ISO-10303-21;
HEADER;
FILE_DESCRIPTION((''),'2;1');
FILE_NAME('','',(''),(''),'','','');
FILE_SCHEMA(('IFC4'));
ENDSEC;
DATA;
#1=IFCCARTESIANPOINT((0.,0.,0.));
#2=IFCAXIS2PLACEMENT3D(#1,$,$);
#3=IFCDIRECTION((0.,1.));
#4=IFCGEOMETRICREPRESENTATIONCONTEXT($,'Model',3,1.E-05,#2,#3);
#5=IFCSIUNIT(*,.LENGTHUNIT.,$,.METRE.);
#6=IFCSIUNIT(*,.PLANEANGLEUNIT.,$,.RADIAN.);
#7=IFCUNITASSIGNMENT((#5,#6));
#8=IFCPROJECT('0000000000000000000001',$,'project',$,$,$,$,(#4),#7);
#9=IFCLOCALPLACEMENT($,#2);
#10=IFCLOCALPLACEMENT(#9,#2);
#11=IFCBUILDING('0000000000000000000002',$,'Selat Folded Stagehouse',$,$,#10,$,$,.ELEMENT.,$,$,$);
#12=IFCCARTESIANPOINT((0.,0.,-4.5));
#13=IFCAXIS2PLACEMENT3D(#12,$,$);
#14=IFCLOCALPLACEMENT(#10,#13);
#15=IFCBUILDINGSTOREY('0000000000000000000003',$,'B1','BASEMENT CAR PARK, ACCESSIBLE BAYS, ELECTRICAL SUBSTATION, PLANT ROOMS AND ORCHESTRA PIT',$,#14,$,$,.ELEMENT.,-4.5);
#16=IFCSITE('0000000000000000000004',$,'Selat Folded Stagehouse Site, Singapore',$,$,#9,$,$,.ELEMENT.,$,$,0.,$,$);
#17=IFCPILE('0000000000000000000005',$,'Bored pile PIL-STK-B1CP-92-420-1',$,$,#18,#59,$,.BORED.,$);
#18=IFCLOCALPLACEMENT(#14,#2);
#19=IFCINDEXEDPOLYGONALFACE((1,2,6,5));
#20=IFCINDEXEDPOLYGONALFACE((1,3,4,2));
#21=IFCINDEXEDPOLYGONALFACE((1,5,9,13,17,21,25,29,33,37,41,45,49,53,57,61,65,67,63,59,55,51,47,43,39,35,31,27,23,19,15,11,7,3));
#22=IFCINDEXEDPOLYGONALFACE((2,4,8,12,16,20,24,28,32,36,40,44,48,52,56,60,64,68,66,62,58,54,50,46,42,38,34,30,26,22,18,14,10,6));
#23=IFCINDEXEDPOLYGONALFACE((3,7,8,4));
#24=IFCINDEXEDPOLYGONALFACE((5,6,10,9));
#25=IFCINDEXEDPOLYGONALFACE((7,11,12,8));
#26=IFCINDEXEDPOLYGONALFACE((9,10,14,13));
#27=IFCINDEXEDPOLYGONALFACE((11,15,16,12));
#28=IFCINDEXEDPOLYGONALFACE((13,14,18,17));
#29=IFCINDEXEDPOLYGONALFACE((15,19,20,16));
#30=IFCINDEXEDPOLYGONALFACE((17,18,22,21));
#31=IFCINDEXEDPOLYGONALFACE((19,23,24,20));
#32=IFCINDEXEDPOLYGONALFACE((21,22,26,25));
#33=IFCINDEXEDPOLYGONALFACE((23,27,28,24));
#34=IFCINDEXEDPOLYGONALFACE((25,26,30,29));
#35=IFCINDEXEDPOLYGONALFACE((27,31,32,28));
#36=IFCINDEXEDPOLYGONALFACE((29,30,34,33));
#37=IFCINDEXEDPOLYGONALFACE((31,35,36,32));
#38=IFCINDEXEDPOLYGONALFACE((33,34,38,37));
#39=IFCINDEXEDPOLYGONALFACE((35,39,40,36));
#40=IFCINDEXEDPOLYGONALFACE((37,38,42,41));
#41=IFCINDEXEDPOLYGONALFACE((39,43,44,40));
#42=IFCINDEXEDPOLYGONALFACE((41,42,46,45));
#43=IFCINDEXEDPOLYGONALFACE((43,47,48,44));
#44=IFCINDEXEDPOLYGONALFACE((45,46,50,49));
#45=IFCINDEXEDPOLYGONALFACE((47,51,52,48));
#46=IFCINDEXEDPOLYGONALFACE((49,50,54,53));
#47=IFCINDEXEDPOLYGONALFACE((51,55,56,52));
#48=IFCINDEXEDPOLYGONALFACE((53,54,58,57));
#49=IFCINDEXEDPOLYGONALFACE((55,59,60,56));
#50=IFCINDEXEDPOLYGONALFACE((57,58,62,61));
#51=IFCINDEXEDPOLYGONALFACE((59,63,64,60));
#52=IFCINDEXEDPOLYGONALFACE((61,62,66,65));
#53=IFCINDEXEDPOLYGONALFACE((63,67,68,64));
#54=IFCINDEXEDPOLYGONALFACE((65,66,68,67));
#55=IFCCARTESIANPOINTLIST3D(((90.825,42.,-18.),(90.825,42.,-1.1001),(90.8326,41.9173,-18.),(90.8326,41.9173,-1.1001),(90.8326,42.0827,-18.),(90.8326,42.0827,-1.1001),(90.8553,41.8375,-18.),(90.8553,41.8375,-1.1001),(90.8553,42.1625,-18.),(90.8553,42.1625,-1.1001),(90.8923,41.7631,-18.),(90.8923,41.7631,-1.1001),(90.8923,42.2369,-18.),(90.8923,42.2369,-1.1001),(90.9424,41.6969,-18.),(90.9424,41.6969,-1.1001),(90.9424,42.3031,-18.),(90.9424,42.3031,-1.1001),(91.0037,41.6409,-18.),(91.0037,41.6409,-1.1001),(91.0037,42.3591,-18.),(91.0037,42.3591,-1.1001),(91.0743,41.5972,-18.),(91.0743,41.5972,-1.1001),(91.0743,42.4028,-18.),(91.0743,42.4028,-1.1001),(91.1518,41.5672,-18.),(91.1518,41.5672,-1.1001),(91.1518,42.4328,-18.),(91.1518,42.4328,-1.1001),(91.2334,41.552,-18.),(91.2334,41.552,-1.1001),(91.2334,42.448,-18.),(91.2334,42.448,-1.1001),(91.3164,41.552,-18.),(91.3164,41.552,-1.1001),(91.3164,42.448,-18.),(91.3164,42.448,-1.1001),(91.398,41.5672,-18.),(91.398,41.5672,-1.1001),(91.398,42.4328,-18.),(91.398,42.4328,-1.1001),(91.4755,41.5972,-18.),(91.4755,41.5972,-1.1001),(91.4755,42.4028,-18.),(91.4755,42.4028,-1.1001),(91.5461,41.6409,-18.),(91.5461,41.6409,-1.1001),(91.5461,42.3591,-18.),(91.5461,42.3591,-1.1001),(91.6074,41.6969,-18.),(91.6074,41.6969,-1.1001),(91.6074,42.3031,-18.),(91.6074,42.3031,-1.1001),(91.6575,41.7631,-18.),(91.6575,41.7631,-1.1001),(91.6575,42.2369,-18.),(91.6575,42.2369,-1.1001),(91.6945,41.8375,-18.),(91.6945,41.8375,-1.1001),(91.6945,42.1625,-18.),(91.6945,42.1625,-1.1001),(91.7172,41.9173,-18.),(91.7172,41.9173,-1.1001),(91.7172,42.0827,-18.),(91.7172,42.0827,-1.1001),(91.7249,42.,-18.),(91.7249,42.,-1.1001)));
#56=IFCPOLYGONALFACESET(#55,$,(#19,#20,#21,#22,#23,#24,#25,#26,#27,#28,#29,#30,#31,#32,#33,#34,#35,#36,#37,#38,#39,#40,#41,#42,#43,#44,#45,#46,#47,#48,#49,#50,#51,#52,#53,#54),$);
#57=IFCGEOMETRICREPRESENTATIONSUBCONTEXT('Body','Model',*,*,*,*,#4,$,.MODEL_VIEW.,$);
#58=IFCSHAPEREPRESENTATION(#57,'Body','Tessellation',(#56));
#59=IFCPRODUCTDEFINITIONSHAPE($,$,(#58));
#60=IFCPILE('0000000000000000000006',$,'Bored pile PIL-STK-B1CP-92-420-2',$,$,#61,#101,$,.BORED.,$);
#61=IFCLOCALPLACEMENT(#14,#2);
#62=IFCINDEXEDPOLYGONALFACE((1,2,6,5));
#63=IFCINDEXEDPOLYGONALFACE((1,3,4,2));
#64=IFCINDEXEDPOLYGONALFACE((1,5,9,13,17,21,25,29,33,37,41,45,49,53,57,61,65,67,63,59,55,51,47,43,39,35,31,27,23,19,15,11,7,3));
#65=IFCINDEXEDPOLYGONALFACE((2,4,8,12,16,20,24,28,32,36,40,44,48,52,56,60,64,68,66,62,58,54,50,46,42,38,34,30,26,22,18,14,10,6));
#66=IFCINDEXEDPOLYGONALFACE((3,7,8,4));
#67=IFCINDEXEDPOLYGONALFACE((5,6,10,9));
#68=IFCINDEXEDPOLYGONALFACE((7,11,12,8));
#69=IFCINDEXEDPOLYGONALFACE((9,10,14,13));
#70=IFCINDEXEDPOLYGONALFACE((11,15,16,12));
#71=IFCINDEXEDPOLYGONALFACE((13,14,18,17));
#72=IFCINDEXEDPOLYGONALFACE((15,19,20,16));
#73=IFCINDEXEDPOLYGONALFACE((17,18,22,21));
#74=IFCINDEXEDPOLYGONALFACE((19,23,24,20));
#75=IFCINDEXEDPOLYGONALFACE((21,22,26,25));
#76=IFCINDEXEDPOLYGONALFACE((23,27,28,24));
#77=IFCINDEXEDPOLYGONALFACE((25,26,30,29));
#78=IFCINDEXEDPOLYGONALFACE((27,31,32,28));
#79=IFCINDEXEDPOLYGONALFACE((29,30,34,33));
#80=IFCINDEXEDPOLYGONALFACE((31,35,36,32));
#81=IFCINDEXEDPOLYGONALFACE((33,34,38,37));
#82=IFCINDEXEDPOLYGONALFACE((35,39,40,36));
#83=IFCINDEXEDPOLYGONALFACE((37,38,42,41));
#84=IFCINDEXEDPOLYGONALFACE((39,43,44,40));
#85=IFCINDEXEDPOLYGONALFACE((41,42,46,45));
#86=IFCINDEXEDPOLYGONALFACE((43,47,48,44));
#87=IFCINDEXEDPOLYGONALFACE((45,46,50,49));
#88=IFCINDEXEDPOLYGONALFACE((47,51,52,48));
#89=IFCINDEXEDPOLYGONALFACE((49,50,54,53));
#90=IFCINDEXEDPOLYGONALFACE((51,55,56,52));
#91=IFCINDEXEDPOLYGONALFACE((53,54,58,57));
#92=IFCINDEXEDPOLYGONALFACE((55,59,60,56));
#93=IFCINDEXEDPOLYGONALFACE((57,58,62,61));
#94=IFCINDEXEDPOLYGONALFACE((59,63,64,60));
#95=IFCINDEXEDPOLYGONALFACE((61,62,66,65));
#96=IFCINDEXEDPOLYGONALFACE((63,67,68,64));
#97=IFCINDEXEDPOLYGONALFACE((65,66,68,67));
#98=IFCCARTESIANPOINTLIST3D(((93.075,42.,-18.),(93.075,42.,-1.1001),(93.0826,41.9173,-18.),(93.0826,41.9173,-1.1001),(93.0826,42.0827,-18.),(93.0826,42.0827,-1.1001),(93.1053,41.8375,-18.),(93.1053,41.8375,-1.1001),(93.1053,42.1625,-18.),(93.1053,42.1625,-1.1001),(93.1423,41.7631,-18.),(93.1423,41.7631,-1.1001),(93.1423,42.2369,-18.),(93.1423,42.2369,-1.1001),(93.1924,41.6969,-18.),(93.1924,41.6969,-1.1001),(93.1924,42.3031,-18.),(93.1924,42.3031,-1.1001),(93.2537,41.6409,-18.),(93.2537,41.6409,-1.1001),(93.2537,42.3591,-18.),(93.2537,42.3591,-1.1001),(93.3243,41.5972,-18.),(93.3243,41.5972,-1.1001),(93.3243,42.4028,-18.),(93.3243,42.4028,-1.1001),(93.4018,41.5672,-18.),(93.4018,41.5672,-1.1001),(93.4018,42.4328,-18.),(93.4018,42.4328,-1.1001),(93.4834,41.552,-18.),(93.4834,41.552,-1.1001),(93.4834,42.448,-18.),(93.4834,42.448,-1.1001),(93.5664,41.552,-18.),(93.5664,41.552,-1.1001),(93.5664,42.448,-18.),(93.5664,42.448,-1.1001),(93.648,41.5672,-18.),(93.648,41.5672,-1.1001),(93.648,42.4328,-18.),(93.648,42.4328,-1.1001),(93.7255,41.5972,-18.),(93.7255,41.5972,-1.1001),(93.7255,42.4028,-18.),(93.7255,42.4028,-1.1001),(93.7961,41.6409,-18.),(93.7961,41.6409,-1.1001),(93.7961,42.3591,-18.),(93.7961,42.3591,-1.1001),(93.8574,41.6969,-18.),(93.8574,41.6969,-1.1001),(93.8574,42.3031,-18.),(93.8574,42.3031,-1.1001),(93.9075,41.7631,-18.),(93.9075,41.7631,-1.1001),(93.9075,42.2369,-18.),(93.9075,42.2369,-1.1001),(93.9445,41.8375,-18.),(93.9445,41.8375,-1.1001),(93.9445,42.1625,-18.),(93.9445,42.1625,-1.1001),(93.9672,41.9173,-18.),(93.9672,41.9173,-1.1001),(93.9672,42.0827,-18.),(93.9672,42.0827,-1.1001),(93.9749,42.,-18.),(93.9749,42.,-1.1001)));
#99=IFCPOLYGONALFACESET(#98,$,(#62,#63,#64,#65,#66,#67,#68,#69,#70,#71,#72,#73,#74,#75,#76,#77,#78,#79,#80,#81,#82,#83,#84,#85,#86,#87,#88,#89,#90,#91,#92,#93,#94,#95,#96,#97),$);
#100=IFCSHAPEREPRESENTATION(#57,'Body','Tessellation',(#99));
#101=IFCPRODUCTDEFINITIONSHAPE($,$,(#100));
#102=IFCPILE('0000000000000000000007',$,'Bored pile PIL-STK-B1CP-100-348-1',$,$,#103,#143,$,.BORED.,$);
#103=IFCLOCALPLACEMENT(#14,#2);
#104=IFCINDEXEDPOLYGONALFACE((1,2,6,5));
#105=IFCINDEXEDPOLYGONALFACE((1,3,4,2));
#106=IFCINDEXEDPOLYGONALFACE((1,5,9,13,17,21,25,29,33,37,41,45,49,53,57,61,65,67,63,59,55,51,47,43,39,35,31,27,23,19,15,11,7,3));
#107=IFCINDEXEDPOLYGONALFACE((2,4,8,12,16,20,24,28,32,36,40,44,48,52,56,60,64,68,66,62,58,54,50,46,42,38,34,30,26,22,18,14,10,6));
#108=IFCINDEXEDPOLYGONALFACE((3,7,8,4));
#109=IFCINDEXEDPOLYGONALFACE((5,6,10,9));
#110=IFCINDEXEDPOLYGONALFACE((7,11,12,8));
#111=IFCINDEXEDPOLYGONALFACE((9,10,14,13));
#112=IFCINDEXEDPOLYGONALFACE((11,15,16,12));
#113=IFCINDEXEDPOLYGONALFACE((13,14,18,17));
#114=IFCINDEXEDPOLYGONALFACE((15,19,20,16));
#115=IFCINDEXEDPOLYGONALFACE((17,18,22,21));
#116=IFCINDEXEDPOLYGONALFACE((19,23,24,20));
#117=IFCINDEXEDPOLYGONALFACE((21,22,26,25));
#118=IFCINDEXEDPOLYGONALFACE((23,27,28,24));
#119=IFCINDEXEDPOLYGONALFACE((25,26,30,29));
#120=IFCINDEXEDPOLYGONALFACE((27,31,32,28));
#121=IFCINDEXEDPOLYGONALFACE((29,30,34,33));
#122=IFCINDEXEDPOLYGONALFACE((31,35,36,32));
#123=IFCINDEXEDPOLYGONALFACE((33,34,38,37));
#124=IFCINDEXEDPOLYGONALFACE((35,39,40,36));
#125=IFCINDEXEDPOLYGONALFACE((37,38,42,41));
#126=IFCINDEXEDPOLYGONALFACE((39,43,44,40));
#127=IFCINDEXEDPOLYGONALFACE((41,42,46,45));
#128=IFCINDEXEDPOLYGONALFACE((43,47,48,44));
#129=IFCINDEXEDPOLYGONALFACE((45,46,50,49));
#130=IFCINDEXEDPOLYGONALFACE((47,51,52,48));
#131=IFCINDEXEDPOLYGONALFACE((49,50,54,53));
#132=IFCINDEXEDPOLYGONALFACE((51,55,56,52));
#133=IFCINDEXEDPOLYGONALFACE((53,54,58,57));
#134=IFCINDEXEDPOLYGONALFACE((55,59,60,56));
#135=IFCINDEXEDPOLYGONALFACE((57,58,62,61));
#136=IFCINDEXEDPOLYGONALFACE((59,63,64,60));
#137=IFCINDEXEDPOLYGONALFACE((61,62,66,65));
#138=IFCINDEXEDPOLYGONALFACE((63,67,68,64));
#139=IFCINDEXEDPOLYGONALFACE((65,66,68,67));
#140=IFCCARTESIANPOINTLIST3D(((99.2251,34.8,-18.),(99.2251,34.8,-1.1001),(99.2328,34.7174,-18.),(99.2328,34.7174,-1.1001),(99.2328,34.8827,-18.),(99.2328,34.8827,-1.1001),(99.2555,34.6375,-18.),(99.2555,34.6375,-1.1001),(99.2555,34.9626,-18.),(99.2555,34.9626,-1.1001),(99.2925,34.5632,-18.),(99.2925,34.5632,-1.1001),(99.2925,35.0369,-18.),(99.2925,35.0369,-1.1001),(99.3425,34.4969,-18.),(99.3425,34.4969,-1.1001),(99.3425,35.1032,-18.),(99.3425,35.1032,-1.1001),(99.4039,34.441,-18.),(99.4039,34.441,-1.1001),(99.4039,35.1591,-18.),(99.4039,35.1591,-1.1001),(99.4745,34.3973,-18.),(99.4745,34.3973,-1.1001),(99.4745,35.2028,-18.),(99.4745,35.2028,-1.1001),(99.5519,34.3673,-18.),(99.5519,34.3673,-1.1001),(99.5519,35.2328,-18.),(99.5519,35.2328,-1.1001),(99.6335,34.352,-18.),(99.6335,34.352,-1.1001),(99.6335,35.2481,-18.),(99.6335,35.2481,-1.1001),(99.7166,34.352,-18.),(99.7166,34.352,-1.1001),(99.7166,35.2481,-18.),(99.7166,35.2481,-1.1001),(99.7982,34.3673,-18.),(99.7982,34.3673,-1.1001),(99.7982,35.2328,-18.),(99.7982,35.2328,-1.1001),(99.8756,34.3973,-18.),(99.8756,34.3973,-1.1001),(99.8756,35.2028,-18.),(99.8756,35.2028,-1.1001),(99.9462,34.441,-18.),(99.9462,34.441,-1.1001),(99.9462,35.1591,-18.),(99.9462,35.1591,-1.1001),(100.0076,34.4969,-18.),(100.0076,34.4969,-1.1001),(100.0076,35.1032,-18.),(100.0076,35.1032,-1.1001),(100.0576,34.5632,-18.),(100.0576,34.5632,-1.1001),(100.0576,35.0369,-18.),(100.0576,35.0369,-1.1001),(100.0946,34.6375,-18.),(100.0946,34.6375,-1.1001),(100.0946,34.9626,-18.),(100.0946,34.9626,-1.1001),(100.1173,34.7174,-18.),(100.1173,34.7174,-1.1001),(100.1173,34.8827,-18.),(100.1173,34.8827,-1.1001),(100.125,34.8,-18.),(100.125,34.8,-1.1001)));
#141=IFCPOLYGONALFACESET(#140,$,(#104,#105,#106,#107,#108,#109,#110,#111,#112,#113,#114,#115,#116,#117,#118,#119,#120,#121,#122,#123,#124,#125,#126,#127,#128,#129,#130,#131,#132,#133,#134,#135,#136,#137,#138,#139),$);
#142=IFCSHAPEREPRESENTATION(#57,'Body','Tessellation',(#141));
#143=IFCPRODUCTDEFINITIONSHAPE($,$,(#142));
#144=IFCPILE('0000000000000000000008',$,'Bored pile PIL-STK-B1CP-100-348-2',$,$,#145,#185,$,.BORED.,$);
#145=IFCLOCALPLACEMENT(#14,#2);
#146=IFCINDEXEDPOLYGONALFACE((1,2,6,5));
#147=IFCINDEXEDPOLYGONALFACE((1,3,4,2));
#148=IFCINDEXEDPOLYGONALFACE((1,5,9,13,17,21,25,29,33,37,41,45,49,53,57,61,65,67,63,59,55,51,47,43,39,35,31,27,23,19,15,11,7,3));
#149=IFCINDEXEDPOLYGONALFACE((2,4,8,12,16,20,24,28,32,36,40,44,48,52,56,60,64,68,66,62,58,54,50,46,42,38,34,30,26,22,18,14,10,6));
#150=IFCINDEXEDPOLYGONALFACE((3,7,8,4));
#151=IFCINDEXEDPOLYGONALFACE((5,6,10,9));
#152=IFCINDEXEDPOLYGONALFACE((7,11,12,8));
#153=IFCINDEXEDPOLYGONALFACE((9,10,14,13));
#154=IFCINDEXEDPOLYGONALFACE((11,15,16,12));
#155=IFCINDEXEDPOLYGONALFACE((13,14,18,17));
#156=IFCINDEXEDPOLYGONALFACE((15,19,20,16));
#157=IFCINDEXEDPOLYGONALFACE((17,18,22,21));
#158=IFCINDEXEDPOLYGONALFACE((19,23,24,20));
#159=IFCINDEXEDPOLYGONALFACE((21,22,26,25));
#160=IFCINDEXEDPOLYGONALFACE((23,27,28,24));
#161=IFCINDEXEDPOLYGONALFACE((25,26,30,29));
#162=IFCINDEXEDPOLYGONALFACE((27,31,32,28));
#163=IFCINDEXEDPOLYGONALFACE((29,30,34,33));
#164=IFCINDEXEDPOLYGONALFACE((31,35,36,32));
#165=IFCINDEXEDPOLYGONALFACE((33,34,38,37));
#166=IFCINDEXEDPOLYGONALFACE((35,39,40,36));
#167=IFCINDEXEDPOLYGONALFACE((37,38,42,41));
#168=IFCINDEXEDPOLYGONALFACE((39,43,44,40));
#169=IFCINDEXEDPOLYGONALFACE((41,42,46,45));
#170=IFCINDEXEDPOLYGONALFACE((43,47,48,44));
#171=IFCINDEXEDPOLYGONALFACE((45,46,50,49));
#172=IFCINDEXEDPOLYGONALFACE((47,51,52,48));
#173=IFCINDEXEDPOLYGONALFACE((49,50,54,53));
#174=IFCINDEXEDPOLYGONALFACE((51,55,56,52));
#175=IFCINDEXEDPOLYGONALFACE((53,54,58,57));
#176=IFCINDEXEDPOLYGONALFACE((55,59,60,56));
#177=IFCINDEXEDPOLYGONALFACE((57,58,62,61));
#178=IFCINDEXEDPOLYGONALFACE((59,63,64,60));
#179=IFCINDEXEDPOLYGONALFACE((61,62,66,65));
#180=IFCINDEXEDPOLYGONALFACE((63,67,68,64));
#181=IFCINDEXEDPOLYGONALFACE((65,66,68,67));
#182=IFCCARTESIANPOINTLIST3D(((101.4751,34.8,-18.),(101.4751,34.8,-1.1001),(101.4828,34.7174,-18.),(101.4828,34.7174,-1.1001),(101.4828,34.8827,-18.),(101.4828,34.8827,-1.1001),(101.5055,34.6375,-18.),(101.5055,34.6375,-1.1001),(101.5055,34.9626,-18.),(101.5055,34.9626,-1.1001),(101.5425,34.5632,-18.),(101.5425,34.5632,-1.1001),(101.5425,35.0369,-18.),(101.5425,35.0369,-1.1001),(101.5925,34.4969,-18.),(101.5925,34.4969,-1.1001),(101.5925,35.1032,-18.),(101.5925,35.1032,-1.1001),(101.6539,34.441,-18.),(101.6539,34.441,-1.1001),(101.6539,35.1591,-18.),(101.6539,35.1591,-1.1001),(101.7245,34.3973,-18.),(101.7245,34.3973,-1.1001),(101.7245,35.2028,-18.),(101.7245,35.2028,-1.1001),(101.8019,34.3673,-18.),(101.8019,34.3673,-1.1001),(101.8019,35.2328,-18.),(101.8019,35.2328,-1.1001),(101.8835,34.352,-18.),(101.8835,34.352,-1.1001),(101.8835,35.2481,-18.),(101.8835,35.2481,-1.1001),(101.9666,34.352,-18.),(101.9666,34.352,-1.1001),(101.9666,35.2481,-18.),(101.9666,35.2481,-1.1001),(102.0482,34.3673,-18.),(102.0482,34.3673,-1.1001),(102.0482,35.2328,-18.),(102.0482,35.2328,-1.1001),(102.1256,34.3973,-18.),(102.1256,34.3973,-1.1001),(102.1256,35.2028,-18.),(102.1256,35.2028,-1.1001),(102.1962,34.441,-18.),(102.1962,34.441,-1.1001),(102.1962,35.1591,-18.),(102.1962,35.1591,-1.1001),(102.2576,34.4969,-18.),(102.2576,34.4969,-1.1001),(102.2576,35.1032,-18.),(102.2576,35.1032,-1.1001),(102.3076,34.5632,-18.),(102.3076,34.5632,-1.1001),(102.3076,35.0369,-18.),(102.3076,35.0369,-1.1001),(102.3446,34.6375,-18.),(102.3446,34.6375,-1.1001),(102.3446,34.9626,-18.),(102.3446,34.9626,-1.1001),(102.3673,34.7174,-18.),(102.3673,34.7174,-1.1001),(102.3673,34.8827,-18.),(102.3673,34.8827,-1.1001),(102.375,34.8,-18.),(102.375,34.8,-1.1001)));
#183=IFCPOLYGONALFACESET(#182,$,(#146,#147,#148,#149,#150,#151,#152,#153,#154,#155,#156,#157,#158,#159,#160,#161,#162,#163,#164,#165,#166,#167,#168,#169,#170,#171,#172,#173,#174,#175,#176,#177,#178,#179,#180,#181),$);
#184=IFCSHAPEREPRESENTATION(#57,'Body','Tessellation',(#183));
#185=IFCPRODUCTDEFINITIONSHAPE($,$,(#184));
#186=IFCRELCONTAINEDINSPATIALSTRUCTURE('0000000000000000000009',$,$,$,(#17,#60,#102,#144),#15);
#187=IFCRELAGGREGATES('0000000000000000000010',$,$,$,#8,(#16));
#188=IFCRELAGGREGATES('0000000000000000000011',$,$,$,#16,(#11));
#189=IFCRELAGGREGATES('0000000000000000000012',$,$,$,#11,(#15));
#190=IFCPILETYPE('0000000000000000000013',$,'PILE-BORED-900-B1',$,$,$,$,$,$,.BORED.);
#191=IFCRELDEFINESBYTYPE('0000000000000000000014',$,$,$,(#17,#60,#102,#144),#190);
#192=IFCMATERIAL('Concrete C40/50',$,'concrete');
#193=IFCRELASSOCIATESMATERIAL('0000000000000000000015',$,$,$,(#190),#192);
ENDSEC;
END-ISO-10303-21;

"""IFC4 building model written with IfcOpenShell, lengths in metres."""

from ifc_helpers import new_model, si_unit, direction, frame, origin, origin_2d, place, context, subcontext, project, spatial, circle, extrude, material, material_profile, profile_set, type_object, element, save


model = new_model("IFC4")

# Units and contexts
model_context = context("Model", 3, precision=1e-05, world=origin(), true_north=direction((0.0, 1.0)))
body_context = subcontext(model_context, "Body", "Model", "MODEL_VIEW")
ifc_project = project(units=[si_unit("LENGTHUNIT", "METRE"), si_unit("PLANEANGLEUNIT", "RADIAN")], contexts=[model_context])

# Site, building, storey
site_placement = place(None, origin())
site = spatial("IfcSite", under=ifc_project, at=site_placement, Name="Selat Folded Stagehouse Site, Singapore", CompositionType="ELEMENT", RefElevation=0.0)
building_placement = place(site_placement, origin())
building = spatial("IfcBuilding", under=site, at=building_placement, Name="Selat Folded Stagehouse", CompositionType="ELEMENT")
storey_placement = place(building_placement, frame((0.0, 0.0, -4.5)))
storey = spatial("IfcBuildingStorey", under=building, at=storey_placement, Name="B1", Description="BASEMENT CAR PARK, ACCESSIBLE BAYS, ELECTRICAL SUBSTATION, PLANT ROOMS AND ORCHESTRA PIT", CompositionType="ELEMENT", Elevation=-4.5)

# Shared definitions
ifc_material_1 = material(Name="Concrete C40/50", Category="concrete")

# Piles
ifc_material_profile_1 = material_profile(ifc_material_1, circle(Radius=0.45, at=origin_2d()), Name="PILE D900")
ifc_profile_set_1 = profile_set([ifc_material_profile_1], Name="Concrete C40/50")
pile_type = type_object("IfcPileType", Name="PILE-BORED-900-B1", PredefinedType="BORED", material=ifc_profile_set_1)
for number, where, z_axis, x_axis, name in (
    (1, (91.2749, 42.0, -1.1001), (0.0, 0.0, -1.0), (1.0, 0.0, 0.0), "Bored pile PIL-STK-B1CP-92-420-1"),
    (2, (93.5249, 42.0, -1.1001), (0.0, 0.0, -1.0), (1.0, 0.0, 0.0), "Bored pile PIL-STK-B1CP-92-420-2"),
    (3, (99.675, 34.8, -1.1001), (0.0, 0.0, -1.0), (1.0, 0.0, 0.0), "Bored pile PIL-STK-B1CP-100-348-1"),
    (4, (101.925, 34.8, -1.1001), (0.0, 0.0, -1.0), (1.0, 0.0, 0.0), "Bored pile PIL-STK-B1CP-100-348-2"),
):
    element("IfcPile", number, at=place(storey_placement, frame(where, z_axis=z_axis, x_axis=x_axis)), inside=storey, type_object=pile_type, Name=name, PredefinedType="BORED", context=body_context, shape_type="SweptSolid", body=[
        extrude(circle(Radius=0.45, at=origin_2d()), origin(), (0.0, 0.0, 1.0), 16.8999),
    ])

save(model, "model.ifc")
